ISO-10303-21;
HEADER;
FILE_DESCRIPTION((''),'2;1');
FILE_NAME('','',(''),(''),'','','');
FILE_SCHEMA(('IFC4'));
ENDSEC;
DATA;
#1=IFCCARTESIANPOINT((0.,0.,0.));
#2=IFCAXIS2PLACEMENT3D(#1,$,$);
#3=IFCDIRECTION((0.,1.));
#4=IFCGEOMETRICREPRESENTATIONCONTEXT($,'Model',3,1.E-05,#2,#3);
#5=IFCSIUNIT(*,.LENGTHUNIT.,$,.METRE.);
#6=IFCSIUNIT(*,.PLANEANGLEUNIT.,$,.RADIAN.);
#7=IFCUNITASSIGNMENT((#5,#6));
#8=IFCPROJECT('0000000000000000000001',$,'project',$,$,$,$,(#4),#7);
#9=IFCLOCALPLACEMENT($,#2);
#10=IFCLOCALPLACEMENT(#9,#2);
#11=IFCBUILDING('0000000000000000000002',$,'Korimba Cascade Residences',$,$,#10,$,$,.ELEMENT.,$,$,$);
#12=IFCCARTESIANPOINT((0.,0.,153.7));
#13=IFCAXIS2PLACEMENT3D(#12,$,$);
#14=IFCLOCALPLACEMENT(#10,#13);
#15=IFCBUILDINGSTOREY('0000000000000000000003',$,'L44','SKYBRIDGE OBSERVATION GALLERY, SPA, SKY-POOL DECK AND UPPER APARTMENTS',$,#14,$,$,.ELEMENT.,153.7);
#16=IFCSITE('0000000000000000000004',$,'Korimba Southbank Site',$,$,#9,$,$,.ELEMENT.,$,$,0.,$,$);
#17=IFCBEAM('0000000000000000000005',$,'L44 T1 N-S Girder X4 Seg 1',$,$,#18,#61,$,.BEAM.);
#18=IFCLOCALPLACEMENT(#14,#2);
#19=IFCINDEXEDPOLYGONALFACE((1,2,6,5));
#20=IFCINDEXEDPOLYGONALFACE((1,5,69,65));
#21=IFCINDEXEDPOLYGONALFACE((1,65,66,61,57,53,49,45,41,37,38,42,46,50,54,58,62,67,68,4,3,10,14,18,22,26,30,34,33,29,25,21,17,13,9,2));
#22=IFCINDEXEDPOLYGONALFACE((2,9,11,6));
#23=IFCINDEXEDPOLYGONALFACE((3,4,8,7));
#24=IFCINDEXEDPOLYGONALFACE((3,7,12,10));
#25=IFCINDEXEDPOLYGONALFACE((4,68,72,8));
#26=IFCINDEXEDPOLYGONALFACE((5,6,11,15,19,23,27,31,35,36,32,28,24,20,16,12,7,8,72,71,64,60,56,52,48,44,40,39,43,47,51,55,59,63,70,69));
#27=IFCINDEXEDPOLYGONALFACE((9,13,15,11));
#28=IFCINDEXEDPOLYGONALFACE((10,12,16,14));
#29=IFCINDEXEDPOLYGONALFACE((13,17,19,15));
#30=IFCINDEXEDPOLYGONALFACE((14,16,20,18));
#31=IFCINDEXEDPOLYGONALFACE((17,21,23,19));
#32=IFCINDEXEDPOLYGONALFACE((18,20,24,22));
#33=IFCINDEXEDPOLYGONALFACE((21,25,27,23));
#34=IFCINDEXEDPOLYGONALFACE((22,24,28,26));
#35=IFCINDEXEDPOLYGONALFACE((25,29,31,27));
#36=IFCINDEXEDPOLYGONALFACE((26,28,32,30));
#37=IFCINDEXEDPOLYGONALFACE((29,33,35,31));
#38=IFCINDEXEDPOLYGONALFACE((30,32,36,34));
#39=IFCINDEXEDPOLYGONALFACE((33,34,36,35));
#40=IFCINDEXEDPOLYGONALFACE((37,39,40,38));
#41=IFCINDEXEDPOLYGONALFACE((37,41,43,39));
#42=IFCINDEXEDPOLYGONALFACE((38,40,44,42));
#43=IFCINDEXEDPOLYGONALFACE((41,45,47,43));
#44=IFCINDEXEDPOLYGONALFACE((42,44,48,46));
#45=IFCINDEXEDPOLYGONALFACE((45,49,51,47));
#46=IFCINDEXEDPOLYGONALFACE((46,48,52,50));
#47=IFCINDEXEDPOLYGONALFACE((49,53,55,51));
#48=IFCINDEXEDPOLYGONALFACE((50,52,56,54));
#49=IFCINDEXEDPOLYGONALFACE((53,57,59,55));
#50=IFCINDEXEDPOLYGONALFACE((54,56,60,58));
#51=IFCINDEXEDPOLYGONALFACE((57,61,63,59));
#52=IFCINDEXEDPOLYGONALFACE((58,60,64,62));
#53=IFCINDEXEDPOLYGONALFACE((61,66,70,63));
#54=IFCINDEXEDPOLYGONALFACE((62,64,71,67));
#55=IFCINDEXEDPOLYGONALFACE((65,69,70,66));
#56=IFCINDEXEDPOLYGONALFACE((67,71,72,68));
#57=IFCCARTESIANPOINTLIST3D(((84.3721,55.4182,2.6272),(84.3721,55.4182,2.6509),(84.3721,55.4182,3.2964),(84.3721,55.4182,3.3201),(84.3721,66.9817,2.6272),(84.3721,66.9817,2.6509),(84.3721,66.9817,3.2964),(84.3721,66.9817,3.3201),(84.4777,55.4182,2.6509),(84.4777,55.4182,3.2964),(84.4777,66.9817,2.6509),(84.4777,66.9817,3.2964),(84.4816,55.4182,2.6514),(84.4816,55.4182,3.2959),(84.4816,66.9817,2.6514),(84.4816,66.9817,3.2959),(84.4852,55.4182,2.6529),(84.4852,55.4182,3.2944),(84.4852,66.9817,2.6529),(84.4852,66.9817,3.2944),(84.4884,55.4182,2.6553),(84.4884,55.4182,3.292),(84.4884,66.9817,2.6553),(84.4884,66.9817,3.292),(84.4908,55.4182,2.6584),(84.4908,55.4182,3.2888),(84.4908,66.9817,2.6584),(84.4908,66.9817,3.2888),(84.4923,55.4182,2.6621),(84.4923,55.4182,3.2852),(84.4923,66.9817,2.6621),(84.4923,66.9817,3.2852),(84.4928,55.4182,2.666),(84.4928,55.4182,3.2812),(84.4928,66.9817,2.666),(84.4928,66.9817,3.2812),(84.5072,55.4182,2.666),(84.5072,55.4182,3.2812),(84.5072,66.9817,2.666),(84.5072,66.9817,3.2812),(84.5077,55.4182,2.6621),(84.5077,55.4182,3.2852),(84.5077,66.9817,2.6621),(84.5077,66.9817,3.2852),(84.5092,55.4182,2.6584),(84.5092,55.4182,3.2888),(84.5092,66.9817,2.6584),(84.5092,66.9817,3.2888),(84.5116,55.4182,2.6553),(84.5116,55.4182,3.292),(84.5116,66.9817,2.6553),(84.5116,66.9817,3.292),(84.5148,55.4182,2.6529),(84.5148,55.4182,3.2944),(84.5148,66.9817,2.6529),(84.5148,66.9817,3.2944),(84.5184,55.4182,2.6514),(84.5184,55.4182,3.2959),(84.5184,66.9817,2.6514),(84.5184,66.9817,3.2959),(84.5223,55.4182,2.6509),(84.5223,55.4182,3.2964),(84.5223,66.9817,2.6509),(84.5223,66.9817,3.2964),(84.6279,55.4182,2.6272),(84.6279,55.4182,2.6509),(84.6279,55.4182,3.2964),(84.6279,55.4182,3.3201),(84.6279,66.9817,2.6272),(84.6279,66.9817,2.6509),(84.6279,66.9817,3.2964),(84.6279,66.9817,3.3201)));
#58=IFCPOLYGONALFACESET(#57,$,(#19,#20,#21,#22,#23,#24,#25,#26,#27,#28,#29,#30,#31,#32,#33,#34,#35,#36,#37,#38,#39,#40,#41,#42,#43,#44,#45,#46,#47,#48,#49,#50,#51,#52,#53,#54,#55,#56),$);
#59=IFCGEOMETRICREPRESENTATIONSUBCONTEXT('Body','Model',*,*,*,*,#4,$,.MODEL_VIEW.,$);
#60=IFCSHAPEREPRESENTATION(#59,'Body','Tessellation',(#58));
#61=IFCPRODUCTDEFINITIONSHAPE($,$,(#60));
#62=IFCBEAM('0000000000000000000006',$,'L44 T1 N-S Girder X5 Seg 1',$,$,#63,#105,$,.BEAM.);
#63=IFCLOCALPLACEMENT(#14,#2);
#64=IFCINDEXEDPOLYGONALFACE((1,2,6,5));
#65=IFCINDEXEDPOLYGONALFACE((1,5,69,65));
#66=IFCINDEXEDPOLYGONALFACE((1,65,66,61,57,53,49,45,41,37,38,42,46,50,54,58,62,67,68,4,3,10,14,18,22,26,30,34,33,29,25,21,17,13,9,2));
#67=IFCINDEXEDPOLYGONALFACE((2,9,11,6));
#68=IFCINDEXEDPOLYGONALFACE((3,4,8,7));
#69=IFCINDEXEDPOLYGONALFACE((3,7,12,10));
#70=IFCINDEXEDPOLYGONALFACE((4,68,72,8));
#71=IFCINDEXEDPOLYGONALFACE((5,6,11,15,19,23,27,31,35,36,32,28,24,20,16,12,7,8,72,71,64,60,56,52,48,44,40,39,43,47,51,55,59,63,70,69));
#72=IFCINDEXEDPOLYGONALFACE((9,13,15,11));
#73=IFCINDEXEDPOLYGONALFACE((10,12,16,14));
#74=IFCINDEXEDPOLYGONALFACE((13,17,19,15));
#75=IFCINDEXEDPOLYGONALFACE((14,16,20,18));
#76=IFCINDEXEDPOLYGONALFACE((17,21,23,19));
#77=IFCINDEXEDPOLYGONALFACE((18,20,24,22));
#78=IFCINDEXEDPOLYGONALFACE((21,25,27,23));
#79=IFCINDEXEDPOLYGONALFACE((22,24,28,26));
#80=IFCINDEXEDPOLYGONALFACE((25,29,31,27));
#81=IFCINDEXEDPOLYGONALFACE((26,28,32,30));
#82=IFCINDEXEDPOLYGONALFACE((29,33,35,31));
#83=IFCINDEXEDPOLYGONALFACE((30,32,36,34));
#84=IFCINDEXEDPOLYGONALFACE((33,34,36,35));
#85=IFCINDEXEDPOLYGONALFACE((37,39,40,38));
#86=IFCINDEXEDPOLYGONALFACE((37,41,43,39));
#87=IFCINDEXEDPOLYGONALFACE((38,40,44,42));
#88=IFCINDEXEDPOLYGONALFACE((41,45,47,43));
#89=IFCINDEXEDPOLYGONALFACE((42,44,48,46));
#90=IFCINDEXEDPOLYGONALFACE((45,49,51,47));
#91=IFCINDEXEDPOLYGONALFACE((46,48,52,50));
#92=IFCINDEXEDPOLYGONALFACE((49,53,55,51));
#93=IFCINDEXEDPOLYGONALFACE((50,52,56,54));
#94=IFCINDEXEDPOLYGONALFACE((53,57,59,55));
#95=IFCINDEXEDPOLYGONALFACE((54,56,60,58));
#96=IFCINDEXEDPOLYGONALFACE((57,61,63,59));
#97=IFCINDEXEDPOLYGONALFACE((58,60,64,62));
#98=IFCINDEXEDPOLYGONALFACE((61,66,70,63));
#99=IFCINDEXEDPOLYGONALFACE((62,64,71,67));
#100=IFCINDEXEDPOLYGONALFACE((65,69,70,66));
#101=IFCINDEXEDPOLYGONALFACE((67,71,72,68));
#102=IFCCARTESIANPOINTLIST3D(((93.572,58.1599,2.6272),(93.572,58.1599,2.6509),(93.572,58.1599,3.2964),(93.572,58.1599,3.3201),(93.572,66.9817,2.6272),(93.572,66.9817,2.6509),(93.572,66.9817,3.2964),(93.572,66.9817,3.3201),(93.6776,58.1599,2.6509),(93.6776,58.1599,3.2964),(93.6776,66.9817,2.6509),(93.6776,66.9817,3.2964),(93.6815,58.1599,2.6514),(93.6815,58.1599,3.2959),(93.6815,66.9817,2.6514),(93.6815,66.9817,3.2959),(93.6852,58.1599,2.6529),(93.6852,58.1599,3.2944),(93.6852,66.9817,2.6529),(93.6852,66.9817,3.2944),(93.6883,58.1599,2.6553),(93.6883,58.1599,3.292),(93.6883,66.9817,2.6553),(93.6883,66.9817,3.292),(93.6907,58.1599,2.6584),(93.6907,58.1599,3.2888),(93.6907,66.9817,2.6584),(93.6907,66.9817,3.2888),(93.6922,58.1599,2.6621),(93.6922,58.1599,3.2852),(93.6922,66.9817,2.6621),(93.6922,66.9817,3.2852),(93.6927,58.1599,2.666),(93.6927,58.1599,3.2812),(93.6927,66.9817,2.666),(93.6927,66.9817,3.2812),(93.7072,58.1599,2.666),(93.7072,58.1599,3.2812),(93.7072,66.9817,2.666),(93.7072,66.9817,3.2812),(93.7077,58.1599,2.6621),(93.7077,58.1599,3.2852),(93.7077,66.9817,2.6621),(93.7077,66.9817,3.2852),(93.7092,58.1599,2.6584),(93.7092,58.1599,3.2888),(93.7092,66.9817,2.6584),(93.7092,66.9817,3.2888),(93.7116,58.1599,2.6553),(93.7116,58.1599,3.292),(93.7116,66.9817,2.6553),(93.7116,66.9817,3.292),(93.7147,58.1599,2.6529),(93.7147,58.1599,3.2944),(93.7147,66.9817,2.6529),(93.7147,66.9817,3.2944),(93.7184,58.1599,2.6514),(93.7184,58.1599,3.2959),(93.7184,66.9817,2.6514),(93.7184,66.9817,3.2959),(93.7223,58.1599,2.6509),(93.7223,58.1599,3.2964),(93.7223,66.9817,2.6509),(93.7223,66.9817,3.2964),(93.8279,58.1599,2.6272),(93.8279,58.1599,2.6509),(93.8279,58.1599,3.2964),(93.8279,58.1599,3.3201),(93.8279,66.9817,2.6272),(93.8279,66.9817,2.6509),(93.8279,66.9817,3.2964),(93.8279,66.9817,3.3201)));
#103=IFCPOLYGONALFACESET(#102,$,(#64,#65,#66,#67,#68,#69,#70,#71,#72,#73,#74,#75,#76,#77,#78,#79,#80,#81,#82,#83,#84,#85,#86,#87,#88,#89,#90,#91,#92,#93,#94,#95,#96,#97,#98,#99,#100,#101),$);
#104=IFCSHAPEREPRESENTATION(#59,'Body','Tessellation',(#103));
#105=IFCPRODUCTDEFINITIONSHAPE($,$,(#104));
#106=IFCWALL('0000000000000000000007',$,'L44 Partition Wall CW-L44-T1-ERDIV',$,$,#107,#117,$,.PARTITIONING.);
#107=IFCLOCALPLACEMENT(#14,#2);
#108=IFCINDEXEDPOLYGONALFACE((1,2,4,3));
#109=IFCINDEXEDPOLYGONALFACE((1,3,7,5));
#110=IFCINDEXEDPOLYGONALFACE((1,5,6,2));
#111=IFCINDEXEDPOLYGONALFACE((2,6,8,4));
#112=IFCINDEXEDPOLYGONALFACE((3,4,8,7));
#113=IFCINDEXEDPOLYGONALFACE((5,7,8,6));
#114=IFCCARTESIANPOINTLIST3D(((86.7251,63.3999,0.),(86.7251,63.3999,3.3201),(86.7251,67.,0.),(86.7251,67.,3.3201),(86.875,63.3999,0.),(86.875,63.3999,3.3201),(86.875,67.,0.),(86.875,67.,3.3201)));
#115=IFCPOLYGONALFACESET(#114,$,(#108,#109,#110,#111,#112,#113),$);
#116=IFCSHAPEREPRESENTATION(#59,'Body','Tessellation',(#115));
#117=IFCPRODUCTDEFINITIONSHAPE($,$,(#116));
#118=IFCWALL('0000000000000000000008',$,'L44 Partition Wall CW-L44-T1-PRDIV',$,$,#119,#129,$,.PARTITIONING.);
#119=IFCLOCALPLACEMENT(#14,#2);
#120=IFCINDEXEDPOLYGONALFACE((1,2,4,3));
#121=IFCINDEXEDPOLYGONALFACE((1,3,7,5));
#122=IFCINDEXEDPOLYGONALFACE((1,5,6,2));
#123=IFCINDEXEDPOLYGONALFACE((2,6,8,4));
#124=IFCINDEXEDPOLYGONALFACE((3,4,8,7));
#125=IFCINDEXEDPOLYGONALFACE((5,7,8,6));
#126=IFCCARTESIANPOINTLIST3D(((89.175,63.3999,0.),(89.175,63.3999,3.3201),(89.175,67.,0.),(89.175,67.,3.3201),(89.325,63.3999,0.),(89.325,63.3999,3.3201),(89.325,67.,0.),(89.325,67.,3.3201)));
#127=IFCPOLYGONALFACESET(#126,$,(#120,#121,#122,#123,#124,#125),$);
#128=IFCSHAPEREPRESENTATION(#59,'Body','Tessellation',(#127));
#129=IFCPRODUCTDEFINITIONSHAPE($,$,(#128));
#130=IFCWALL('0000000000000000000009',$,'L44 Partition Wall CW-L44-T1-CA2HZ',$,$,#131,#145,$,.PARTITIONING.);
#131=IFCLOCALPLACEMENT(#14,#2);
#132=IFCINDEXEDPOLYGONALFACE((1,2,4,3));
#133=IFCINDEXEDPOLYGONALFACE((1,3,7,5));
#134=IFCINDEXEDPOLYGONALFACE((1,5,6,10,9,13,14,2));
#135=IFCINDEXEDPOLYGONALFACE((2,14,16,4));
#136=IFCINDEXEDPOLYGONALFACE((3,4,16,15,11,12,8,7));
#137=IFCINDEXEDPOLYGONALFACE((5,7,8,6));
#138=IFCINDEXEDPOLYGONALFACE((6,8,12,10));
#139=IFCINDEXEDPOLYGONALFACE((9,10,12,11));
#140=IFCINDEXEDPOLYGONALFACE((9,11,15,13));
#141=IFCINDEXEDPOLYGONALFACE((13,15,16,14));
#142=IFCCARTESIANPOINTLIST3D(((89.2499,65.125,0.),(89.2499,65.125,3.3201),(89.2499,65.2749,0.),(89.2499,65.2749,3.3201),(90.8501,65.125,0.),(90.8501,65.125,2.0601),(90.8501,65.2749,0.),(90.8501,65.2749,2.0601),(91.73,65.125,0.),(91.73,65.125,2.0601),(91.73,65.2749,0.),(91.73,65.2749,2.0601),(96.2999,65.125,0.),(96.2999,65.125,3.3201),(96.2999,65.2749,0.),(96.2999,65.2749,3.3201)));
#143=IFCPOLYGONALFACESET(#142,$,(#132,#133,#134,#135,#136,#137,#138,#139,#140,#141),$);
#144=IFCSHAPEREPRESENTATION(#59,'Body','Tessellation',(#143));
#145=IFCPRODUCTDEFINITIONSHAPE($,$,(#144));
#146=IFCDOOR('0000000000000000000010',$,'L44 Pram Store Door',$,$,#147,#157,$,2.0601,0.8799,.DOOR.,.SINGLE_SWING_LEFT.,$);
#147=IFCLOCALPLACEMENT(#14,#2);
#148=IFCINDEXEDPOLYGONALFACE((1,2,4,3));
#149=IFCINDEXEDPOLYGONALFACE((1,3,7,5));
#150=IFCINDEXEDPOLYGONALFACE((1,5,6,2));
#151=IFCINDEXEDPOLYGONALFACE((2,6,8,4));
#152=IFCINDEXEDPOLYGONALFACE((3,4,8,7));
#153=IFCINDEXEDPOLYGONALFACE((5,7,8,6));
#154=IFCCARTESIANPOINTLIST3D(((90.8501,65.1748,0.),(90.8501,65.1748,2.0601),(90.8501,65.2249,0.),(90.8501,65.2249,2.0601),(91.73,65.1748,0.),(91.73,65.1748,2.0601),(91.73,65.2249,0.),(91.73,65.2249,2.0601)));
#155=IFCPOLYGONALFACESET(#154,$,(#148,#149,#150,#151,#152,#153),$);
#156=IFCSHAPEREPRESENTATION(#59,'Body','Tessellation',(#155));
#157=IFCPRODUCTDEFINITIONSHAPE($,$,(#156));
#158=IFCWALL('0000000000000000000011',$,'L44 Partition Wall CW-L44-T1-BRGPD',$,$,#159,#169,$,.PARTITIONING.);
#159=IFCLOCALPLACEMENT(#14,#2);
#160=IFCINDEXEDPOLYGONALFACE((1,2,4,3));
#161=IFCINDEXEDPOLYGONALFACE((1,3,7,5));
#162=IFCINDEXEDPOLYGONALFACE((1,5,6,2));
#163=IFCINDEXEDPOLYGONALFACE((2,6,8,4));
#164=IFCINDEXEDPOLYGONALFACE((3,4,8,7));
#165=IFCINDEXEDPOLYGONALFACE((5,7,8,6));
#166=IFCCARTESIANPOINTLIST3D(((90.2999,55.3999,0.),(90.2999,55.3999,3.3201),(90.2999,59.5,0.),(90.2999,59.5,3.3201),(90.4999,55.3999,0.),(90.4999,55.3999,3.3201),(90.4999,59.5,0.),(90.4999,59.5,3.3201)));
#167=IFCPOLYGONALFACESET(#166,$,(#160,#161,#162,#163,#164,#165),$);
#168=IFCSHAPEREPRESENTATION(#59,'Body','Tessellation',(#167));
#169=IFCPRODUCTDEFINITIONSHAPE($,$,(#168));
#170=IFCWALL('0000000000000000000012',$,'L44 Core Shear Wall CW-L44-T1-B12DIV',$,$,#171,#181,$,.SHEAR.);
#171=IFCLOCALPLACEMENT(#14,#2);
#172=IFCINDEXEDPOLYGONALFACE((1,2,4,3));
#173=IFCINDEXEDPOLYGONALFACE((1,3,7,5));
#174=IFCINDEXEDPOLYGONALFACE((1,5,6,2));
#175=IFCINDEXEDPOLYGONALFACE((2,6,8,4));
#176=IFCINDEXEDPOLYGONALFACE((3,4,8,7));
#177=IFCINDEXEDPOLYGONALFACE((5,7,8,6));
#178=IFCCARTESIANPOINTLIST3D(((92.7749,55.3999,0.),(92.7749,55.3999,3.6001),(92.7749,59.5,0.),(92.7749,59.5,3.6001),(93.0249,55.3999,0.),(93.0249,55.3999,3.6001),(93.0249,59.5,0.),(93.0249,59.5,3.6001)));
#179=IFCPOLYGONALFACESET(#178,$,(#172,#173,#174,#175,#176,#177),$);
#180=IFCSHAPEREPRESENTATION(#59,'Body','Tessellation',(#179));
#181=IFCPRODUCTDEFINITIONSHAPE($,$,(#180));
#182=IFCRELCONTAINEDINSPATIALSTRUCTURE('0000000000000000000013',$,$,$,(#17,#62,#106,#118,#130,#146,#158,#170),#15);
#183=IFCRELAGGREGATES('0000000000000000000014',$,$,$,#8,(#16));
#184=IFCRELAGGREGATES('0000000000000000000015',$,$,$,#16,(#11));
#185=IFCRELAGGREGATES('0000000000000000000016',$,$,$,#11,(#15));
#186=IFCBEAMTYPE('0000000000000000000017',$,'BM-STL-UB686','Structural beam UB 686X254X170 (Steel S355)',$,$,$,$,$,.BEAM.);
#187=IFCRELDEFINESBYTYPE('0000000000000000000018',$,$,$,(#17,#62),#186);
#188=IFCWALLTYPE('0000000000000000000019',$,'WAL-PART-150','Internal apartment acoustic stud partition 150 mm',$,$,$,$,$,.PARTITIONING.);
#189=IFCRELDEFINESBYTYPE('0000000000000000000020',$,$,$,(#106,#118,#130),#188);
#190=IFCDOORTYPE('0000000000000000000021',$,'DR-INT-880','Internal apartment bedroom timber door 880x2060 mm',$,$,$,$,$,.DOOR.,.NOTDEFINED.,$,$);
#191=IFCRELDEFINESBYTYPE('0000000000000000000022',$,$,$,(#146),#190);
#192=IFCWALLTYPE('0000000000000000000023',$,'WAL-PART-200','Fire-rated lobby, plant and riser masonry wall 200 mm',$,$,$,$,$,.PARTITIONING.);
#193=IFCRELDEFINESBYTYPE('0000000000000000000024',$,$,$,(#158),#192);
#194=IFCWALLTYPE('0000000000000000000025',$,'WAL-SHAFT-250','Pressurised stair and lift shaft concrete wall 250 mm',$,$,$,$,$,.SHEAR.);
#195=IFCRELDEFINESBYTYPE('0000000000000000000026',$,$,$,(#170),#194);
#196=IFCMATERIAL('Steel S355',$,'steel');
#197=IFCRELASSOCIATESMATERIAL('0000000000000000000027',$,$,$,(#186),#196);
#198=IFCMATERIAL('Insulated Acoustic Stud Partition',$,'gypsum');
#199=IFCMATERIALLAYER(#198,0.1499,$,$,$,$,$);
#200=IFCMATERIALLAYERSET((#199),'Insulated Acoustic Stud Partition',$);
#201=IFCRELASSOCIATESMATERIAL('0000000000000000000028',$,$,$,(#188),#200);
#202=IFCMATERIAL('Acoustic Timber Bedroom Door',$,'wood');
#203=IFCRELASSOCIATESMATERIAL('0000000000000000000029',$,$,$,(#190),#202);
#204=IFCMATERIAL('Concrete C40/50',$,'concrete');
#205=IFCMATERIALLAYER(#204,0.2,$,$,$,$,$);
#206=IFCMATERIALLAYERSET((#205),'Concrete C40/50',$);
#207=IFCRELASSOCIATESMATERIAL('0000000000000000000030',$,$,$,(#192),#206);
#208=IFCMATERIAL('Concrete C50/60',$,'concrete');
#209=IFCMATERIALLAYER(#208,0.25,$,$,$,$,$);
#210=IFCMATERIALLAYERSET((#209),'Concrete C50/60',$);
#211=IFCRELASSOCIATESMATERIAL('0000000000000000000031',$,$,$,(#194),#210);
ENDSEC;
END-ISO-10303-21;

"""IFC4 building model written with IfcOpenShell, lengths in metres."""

from ifc_helpers import new_model, si_unit, direction, frame, frame_2d, origin, origin_2d, place, context, subcontext, project, spatial, rectangle, i_section, extrude, material, layer, layer_set, material_profile, profile_set, type_object, element, fill, save


model = new_model("IFC4")

# Units and contexts
model_context = context("Model", 3, precision=1e-05, world=origin(), true_north=direction((0.0, 1.0)))
body_context = subcontext(model_context, "Body", "Model", "MODEL_VIEW")
ifc_project = project(units=[si_unit("LENGTHUNIT", "METRE"), si_unit("PLANEANGLEUNIT", "RADIAN")], contexts=[model_context])

# Site, building, storey
site_placement = place(None, origin())
site = spatial("IfcSite", under=ifc_project, at=site_placement, Name="Korimba Southbank Site", CompositionType="ELEMENT", RefElevation=0.0)
building_placement = place(site_placement, origin())
building = spatial("IfcBuilding", under=site, at=building_placement, Name="Korimba Cascade Residences", CompositionType="ELEMENT")
storey_placement = place(building_placement, frame((0.0, 0.0, 153.7)))
storey = spatial("IfcBuildingStorey", under=building, at=storey_placement, Name="L44", Description="SKYBRIDGE OBSERVATION GALLERY, SPA, SKY-POOL DECK AND UPPER APARTMENTS", CompositionType="ELEMENT", Elevation=153.7)

# Beams
ifc_material_1 = material(Name="Steel S355", Category="steel")
ifc_material_profile = material_profile(ifc_material_1, i_section(OverallWidth=0.2559, OverallDepth=0.6929, WebThickness=0.0144, FlangeThickness=0.0237, FilletRadius=0.0151, at=origin_2d()), Name="Steel S355")
ifc_profile_set = profile_set([ifc_material_profile], Name="Steel S355")
beam_type = type_object("IfcBeamType", Name="BM-STL-UB686", Description="Structural beam UB 686X254X170 (Steel S355)", PredefinedType="BEAM", material=ifc_profile_set)
beam_1_placement = place(storey_placement, frame((84.5, 55.4182, 2.9736), z_axis=(0.0, 1.0, 0.0), x_axis=(-1.0, 0.0, 0.0)))
element("IfcBeam", 1, at=beam_1_placement, inside=storey, type_object=beam_type, Name="L44 T1 N-S Girder X4 Seg 1", PredefinedType="BEAM", context=body_context, shape_type="SweptSolid", body=[
    extrude(i_section(OverallWidth=0.2559, OverallDepth=0.6929, WebThickness=0.0144, FlangeThickness=0.0237, FilletRadius=0.0151, at=origin_2d()), origin(), (0.0, 0.0, 1.0), 11.5635),
])
beam_2_placement = place(storey_placement, frame((93.7, 58.1599, 2.9736), z_axis=(0.0, 1.0, 0.0), x_axis=(-1.0, 0.0, 0.0)))
element("IfcBeam", 2, at=beam_2_placement, inside=storey, type_object=beam_type, Name="L44 T1 N-S Girder X5 Seg 1", PredefinedType="BEAM", context=body_context, shape_type="SweptSolid", body=[
    extrude(i_section(OverallWidth=0.2559, OverallDepth=0.6929, WebThickness=0.0144, FlangeThickness=0.0237, FilletRadius=0.0151, at=origin_2d()), origin(), (0.0, 0.0, 1.0), 8.8218),
])

# Walls
ifc_material_2 = material(Name="Insulated Acoustic Stud Partition", Category="gypsum")
ifc_layer_1 = layer(ifc_material_2, 0.1499)
ifc_layer_set_1 = layer_set([ifc_layer_1], Name="Insulated Acoustic Stud Partition")
wall_type_1 = type_object("IfcWallType", Name="WAL-PART-150", Description="Internal apartment acoustic stud partition 150 mm", PredefinedType="PARTITIONING", material=ifc_layer_set_1)
for number, where, z_axis, x_axis, name in (
    (3, (86.8, 63.3999, 0.0), (0.0, 0.0, 1.0), (0.0, 1.0, 0.0), "L44 Partition Wall CW-L44-T1-ERDIV"),
    (4, (89.25, 63.3999, 0.0), (0.0, 0.0, 1.0), (0.0, 1.0, 0.0), "L44 Partition Wall CW-L44-T1-PRDIV"),
):
    element("IfcWall", number, at=place(storey_placement, frame(where, z_axis=z_axis, x_axis=x_axis)), inside=storey, type_object=wall_type_1, Name=name, PredefinedType="PARTITIONING", context=body_context, shape_type="SweptSolid", body=[
        extrude(rectangle(XDim=3.6001, YDim=0.1499, at=frame_2d((1.8, 0.0))), origin(), (0.0, 0.0, 1.0), 3.3201),
    ])

# Wall, opening, door
wall_1_placement = place(storey_placement, frame((89.25, 65.2, 0.0), z_axis=(0.0, 0.0, 1.0), x_axis=(1.0, 0.0, 0.0)))
wall_1 = element("IfcWall", 5, at=wall_1_placement, inside=storey, type_object=wall_type_1, Name="L44 Partition Wall CW-L44-T1-CA2HZ", PredefinedType="PARTITIONING", context=body_context, shape_type="SweptSolid", body=[
    extrude(rectangle(XDim=7.05, YDim=0.1499, at=frame_2d((3.5249, 0.0))), origin(), (0.0, 0.0, 1.0), 3.3201),
])
opening_1_placement = place(wall_1_placement, frame((1.6001, 0.0, 0.0)))
opening_1 = element("IfcOpeningElement", 6, at=opening_1_placement, cuts=wall_1, PredefinedType="OPENING", context=body_context, shape_type="SweptSolid", body=[
    extrude(rectangle(XDim=0.8799, YDim=2.0601, at=frame_2d((0.4399, 1.03))), frame((0.0, 0.085, 0.0), z_axis=(0.0, -1.0, 0.0), x_axis=(1.0, 0.0, 0.0)), (0.0, 0.0, 1.0), 0.1699),
])
ifc_material_3 = material(Name="Acoustic Timber Bedroom Door", Category="wood")
door_type_1 = type_object("IfcDoorType", Name="DR-INT-880", Description="Internal apartment bedroom timber door 880x2060 mm", OperationType="NOTDEFINED", PredefinedType="DOOR", material=ifc_material_3)
door_1_placement = place(opening_1_placement, origin())
door_1 = element("IfcDoor", 7, at=door_1_placement, inside=storey, type_object=door_type_1, Name="L44 Pram Store Door", OperationType="SINGLE_SWING_LEFT", OverallHeight=2.0601, OverallWidth=0.8799, PredefinedType="DOOR", context=body_context, shape_type="SweptSolid", body=[
    extrude(rectangle(XDim=0.8799, YDim=2.0601, at=frame_2d((0.4399, 1.03))), frame((0.0, 0.0249, 0.0), z_axis=(0.0, -1.0, 0.0), x_axis=(1.0, 0.0, 0.0)), (0.0, 0.0, 1.0), 0.05),
])
fill(opening_1, door_1)

# Walls
ifc_material_4 = material(Name="Concrete C40/50", Category="concrete")
ifc_layer_2 = layer(ifc_material_4, 0.2)
ifc_layer_set_2 = layer_set([ifc_layer_2], Name="Concrete C40/50")
wall_type_2 = type_object("IfcWallType", Name="WAL-PART-200", Description="Fire-rated lobby, plant and riser masonry wall 200 mm", PredefinedType="PARTITIONING", material=ifc_layer_set_2)
wall_2_placement = place(storey_placement, frame((90.3999, 55.3999, 0.0), z_axis=(0.0, 0.0, 1.0), x_axis=(0.0, 1.0, 0.0)))
element("IfcWall", 8, at=wall_2_placement, inside=storey, type_object=wall_type_2, Name="L44 Partition Wall CW-L44-T1-BRGPD", PredefinedType="PARTITIONING", context=body_context, shape_type="SweptSolid", body=[
    extrude(rectangle(XDim=4.1001, YDim=0.2, at=frame_2d((2.05, 0.0))), origin(), (0.0, 0.0, 1.0), 3.3201),
])
ifc_material_5 = material(Name="Concrete C50/60", Category="concrete")
ifc_layer_3 = layer(ifc_material_5, 0.25)
ifc_layer_set_3 = layer_set([ifc_layer_3], Name="Concrete C50/60")
wall_type_3 = type_object("IfcWallType", Name="WAL-SHAFT-250", Description="Pressurised stair and lift shaft concrete wall 250 mm", PredefinedType="SHEAR", material=ifc_layer_set_3)
wall_3_placement = place(storey_placement, frame((92.8999, 55.3999, 0.0), z_axis=(0.0, 0.0, 1.0), x_axis=(0.0, 1.0, 0.0)))
element("IfcWall", 9, at=wall_3_placement, inside=storey, type_object=wall_type_3, Name="L44 Core Shear Wall CW-L44-T1-B12DIV", PredefinedType="SHEAR", context=body_context, shape_type="SweptSolid", body=[
    extrude(rectangle(XDim=4.1001, YDim=0.25, at=frame_2d((2.05, 0.0))), origin(), (0.0, 0.0, 1.0), 3.6001),
])

save(model, "model.ifc")
